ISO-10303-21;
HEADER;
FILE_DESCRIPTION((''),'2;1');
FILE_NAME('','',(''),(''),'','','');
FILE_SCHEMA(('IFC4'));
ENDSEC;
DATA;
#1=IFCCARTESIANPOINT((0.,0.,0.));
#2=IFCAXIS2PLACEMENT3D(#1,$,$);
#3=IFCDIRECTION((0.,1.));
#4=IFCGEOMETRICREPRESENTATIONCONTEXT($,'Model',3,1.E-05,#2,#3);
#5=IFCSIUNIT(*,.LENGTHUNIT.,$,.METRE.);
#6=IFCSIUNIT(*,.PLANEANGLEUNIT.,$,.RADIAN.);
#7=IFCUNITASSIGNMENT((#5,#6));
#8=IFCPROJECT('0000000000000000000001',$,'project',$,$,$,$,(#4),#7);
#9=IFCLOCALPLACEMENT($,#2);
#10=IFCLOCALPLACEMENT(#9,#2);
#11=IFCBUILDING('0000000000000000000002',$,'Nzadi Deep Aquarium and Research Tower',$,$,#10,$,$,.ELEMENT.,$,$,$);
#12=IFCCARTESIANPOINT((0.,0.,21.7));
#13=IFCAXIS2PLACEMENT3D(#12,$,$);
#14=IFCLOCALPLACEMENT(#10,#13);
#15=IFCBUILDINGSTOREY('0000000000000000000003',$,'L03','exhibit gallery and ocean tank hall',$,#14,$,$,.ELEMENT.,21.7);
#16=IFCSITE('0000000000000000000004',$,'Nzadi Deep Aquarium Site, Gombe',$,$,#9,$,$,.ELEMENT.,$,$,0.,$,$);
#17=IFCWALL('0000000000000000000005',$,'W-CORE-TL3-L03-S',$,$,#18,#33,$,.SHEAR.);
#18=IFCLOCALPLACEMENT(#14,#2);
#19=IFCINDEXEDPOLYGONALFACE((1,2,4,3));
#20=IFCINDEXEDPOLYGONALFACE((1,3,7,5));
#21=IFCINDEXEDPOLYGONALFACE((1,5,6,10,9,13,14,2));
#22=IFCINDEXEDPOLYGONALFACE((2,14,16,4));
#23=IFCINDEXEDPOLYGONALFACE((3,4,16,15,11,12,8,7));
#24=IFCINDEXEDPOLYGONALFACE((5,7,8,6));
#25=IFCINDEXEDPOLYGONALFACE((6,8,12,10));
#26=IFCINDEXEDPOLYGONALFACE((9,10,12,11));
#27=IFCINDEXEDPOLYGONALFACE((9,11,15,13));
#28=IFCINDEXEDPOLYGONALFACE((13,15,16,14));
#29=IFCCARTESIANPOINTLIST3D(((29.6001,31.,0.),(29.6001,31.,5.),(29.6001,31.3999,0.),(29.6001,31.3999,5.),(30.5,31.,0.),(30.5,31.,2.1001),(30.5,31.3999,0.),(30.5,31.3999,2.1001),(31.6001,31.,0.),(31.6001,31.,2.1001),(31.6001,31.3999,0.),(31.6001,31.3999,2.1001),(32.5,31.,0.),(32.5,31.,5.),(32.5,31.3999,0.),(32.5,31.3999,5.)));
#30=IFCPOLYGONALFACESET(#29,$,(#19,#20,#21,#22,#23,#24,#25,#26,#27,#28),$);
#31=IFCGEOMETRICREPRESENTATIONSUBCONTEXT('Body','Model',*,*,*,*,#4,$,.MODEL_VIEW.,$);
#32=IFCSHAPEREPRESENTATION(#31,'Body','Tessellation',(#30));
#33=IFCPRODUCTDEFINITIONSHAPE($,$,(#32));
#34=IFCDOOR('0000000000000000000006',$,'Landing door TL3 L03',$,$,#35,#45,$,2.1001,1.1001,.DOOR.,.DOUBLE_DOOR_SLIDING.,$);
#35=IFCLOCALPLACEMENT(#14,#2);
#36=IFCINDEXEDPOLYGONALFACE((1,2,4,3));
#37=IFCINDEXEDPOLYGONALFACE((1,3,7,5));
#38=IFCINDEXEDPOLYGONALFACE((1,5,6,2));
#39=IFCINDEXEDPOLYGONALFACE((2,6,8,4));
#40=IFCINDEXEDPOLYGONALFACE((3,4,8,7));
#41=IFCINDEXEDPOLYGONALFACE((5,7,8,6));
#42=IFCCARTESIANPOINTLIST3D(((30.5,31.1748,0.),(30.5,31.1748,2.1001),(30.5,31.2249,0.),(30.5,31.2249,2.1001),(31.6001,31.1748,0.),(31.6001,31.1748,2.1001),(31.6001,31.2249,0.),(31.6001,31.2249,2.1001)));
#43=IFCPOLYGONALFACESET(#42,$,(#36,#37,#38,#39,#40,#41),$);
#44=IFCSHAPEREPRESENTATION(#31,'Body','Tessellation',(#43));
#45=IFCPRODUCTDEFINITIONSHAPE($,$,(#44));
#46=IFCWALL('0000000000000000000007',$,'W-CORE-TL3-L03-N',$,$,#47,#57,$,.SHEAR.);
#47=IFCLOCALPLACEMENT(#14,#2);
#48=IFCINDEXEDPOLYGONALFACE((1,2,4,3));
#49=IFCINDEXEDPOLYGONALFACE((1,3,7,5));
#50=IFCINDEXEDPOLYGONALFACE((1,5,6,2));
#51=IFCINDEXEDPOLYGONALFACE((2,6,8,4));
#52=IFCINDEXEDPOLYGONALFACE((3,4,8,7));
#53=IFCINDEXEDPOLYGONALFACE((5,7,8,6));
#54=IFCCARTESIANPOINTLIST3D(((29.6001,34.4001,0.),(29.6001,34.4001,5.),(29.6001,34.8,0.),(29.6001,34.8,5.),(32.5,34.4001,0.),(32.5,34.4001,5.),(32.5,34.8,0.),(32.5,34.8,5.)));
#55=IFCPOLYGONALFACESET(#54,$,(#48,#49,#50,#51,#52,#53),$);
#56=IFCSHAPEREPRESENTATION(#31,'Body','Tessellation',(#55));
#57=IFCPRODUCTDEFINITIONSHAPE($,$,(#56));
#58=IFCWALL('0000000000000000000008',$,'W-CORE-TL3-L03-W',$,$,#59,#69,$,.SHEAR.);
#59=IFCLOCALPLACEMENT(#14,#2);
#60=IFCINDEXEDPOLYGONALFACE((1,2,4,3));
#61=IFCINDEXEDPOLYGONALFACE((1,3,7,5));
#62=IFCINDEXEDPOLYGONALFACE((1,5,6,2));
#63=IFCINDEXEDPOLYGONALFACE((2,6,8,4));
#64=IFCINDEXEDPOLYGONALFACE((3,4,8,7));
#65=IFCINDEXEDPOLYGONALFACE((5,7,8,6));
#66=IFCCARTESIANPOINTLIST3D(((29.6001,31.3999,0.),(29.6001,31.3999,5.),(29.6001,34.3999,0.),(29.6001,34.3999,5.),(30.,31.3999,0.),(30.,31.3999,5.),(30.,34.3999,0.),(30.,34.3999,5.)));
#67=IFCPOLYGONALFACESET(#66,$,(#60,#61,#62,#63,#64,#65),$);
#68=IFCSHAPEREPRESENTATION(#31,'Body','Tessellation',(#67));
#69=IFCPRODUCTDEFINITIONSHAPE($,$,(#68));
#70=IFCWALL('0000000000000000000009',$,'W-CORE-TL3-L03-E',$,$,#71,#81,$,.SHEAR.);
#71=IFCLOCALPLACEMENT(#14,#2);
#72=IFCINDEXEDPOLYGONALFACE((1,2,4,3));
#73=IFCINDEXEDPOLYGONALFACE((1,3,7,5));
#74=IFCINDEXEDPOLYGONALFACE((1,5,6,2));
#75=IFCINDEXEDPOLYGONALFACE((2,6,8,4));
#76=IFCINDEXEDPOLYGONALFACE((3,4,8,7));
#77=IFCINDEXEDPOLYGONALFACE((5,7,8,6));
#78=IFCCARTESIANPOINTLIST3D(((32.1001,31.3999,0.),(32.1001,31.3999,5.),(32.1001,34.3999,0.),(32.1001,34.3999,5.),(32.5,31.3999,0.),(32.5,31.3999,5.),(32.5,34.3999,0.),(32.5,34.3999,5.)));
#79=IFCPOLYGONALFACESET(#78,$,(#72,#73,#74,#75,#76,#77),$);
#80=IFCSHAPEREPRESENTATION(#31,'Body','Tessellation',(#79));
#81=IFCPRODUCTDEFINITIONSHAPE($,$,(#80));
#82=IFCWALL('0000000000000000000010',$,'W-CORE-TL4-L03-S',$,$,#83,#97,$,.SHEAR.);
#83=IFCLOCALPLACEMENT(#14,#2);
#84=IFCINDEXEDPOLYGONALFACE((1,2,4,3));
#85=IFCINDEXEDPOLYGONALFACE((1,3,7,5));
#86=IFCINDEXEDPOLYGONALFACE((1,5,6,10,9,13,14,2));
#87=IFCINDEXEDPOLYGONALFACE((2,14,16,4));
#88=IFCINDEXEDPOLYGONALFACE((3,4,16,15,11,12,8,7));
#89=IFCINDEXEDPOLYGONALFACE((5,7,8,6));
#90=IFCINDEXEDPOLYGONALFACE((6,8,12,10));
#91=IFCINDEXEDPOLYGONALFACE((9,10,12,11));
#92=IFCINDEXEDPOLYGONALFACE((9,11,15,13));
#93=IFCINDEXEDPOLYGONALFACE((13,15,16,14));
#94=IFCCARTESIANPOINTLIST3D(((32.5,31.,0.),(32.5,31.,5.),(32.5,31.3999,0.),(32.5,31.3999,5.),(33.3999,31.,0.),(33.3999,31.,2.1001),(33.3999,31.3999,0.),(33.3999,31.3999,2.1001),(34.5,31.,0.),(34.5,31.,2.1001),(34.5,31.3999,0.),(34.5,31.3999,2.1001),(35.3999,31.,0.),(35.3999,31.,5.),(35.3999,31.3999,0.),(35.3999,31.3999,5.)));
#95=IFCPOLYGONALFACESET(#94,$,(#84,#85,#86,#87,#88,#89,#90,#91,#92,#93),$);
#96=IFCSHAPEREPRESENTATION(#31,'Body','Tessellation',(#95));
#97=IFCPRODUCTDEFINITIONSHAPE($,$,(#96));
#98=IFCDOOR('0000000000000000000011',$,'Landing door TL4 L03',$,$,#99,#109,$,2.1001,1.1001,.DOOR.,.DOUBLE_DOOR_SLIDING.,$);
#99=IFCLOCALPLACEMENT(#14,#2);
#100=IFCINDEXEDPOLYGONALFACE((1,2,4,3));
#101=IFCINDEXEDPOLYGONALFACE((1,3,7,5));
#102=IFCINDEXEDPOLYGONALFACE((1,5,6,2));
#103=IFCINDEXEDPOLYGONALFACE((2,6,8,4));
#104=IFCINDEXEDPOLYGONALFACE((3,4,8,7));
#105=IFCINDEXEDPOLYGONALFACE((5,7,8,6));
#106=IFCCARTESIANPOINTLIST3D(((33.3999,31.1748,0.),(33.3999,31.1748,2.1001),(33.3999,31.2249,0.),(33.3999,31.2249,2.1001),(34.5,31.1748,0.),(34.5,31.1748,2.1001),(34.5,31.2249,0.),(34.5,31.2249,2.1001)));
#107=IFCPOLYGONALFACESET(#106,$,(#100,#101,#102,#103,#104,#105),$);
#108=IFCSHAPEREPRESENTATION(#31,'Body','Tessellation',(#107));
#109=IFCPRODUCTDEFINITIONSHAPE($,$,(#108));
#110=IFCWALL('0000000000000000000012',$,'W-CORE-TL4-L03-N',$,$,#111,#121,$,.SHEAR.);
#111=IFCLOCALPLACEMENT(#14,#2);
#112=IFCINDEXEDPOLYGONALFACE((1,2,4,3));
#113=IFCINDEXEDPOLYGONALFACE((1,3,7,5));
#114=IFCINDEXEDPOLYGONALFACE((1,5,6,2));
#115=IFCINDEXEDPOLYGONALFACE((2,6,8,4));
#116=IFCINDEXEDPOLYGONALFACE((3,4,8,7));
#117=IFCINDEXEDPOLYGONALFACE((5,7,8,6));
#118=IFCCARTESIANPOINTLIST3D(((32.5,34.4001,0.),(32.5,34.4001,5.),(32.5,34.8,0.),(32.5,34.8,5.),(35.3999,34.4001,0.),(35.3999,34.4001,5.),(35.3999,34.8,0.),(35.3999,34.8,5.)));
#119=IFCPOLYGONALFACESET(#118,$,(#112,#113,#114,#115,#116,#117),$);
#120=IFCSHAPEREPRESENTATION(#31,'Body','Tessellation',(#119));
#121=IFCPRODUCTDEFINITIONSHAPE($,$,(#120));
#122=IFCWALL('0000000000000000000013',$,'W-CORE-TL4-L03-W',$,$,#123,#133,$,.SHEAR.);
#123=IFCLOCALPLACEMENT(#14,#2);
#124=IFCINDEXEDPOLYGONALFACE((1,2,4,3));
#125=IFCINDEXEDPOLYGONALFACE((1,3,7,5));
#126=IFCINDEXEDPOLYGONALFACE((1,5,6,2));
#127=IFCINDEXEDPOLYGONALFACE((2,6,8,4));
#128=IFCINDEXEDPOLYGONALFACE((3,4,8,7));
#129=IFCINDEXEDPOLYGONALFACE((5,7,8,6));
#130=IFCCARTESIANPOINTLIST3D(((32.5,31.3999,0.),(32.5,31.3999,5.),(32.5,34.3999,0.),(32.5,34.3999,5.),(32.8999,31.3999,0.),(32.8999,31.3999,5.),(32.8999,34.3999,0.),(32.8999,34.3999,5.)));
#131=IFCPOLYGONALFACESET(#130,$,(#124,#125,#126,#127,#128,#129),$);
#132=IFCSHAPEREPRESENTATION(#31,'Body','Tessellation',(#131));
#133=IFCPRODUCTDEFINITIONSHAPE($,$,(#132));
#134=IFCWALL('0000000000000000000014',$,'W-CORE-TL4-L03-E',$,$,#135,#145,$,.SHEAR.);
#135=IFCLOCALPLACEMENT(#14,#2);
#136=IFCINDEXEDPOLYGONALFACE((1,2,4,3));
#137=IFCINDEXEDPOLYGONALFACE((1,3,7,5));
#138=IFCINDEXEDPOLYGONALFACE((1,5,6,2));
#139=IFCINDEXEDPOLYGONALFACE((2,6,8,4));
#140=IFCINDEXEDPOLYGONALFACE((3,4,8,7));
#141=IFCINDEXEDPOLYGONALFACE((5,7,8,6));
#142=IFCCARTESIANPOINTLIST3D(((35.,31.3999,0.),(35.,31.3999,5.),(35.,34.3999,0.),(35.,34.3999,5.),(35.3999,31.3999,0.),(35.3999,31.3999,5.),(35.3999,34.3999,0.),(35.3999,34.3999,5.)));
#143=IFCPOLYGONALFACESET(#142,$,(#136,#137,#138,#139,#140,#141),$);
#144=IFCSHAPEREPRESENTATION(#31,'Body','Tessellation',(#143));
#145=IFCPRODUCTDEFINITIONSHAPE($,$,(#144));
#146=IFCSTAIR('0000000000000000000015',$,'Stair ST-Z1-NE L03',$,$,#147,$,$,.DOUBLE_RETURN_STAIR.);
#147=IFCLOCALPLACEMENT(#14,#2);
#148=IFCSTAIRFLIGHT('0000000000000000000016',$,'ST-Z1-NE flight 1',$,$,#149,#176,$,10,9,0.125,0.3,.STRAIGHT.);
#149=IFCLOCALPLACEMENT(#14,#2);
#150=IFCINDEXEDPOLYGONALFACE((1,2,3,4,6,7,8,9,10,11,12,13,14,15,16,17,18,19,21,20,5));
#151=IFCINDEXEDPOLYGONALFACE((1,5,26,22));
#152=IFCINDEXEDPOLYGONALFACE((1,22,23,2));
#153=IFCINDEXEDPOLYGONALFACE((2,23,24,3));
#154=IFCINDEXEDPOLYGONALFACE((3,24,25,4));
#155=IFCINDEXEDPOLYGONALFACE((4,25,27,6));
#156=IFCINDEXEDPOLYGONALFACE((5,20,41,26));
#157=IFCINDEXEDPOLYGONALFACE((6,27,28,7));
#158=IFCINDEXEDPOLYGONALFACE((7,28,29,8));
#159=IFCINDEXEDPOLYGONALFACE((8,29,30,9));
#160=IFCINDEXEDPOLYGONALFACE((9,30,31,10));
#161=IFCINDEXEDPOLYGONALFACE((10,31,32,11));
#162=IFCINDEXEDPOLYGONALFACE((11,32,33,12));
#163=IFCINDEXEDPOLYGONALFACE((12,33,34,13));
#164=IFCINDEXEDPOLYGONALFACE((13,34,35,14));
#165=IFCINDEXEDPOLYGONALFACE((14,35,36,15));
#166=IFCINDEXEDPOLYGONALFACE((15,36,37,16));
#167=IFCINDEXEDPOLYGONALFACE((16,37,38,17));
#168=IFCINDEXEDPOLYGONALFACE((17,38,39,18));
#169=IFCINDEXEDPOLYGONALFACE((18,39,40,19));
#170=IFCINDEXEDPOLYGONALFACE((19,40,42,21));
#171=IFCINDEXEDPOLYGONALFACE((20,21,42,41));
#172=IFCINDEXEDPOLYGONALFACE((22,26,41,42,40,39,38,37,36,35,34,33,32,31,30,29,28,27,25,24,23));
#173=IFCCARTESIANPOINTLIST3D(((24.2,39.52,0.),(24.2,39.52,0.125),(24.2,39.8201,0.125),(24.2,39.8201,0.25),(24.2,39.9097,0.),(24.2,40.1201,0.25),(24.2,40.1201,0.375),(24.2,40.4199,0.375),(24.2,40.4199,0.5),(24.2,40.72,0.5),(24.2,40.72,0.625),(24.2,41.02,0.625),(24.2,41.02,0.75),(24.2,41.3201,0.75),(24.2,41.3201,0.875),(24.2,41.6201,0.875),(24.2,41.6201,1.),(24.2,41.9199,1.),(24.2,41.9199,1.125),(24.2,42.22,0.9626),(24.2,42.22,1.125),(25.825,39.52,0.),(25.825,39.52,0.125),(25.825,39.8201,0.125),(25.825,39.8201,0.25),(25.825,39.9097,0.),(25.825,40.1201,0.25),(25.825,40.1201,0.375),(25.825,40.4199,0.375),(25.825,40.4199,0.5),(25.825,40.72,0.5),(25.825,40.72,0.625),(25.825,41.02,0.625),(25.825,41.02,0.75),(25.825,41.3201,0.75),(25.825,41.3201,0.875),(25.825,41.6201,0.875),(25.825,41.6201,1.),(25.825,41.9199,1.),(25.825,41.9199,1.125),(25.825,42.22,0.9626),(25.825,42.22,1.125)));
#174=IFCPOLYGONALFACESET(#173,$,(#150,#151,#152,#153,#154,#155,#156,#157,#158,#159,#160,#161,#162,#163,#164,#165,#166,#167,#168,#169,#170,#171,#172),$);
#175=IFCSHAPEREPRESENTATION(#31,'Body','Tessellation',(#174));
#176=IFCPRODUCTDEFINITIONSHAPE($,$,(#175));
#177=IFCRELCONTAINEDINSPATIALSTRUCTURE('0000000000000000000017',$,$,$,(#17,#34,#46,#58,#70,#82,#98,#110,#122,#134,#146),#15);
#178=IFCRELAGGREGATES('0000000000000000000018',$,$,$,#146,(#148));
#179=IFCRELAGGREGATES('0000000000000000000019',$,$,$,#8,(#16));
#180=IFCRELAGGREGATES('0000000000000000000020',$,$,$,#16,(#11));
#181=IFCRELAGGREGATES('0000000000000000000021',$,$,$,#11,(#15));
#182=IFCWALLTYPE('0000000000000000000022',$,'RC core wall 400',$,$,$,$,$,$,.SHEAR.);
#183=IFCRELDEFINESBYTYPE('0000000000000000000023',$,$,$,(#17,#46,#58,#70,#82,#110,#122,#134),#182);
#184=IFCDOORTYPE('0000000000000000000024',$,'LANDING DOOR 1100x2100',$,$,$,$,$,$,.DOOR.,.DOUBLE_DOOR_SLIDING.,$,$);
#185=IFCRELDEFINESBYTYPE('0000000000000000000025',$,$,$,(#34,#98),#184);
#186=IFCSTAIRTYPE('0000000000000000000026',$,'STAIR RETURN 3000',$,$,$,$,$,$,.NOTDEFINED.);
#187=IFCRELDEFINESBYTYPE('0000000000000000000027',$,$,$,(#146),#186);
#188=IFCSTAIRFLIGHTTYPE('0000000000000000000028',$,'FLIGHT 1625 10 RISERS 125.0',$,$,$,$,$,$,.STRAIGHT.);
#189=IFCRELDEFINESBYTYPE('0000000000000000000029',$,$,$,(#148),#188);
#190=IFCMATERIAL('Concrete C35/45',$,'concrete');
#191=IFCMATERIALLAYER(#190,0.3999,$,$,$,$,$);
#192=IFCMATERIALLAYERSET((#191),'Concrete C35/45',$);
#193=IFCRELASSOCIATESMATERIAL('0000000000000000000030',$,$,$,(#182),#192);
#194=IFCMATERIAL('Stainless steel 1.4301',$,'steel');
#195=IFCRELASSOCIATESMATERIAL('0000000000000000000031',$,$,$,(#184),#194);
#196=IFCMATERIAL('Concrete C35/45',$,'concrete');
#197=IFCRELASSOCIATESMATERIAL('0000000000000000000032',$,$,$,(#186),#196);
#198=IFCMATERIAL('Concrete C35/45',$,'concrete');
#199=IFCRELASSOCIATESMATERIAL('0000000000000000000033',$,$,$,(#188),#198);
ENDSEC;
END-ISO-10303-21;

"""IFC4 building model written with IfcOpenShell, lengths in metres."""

from ifc_helpers import new_model, si_unit, direction, frame, frame_2d, origin, place, context, subcontext, project, spatial, polyline, rectangle, outline, extrude, material, layer, layer_set, type_object, element, fill, aggregate, save


model = new_model("IFC4")

# Units and contexts
model_context = context("Model", 3, precision=1e-05, world=origin(), true_north=direction((0.0, 1.0)))
body_context = subcontext(model_context, "Body", "Model", "MODEL_VIEW")
ifc_project = project(units=[si_unit("LENGTHUNIT", "METRE"), si_unit("PLANEANGLEUNIT", "RADIAN")], contexts=[model_context])

# Site, building, storey
site_placement = place(None, origin())
site = spatial("IfcSite", under=ifc_project, at=site_placement, Name="Nzadi Deep Aquarium Site, Gombe", CompositionType="ELEMENT", RefElevation=0.0)
building_placement = place(site_placement, origin())
building = spatial("IfcBuilding", under=site, at=building_placement, Name="Nzadi Deep Aquarium and Research Tower", CompositionType="ELEMENT")
storey_placement = place(building_placement, frame((0.0, 0.0, 21.7)))
storey = spatial("IfcBuildingStorey", under=building, at=storey_placement, Name="L03", Description="exhibit gallery and ocean tank hall", CompositionType="ELEMENT", Elevation=21.7)

# Shared definitions
ifc_material_1 = material(Name="Concrete C35/45", Category="concrete")
ifc_layer_1 = layer(ifc_material_1, 0.3999)
ifc_layer_set_1 = layer_set([ifc_layer_1], Name="Concrete C35/45")
wall_type_1 = type_object("IfcWallType", Name="RC core wall 400", PredefinedType="SHEAR", material=ifc_layer_set_1)

# Wall, opening, door
wall_1_placement = place(storey_placement, frame((29.6001, 31.2, 0.0), z_axis=(0.0, 0.0, 1.0), x_axis=(1.0, 0.0, 0.0)))
wall_1 = element("IfcWall", 1, at=wall_1_placement, inside=storey, type_object=wall_type_1, Name="W-CORE-TL3-L03-S", PredefinedType="SHEAR", context=body_context, shape_type="SweptSolid", body=[
    extrude(rectangle(XDim=2.8999, YDim=0.3999, at=frame_2d((1.45, 0.0))), origin(), (0.0, 0.0, 1.0), 5.0),
])
opening_1_placement = place(wall_1_placement, frame((0.8999, 0.0, 0.0)))
opening_1 = element("IfcOpeningElement", 2, at=opening_1_placement, cuts=wall_1, PredefinedType="OPENING", context=body_context, shape_type="SweptSolid", body=[
    extrude(rectangle(XDim=1.1001, YDim=2.1001, at=frame_2d((0.55, 1.05))), frame((0.0, 0.21, 0.0), z_axis=(0.0, -1.0, 0.0), x_axis=(1.0, 0.0, 0.0)), (0.0, 0.0, 1.0), 0.4199),
])
ifc_material_2 = material(Name="Stainless steel 1.4301", Category="steel")
door_type = type_object("IfcDoorType", Name="LANDING DOOR 1100x2100", OperationType="DOUBLE_DOOR_SLIDING", PredefinedType="DOOR", material=ifc_material_2)
door_1_placement = place(opening_1_placement, origin())
door_1 = element("IfcDoor", 3, at=door_1_placement, inside=storey, type_object=door_type, Name="Landing door TL3 L03", OperationType="DOUBLE_DOOR_SLIDING", OverallHeight=2.1001, OverallWidth=1.1001, PredefinedType="DOOR", context=body_context, shape_type="SweptSolid", body=[
    extrude(rectangle(XDim=1.1001, YDim=2.1001, at=frame_2d((0.55, 1.05))), frame((0.0, 0.0249, 0.0), z_axis=(0.0, -1.0, 0.0), x_axis=(1.0, 0.0, 0.0)), (0.0, 0.0, 1.0), 0.05),
])
fill(opening_1, door_1)

# Walls
wall_2_placement = place(storey_placement, frame((29.6001, 34.6001, 0.0), z_axis=(0.0, 0.0, 1.0), x_axis=(1.0, 0.0, 0.0)))
element("IfcWall", 4, at=wall_2_placement, inside=storey, type_object=wall_type_1, Name="W-CORE-TL3-L03-N", PredefinedType="SHEAR", context=body_context, shape_type="SweptSolid", body=[
    extrude(rectangle(XDim=2.8999, YDim=0.3999, at=frame_2d((1.45, 0.0))), origin(), (0.0, 0.0, 1.0), 5.0),
])
for number, where, z_axis, x_axis, name in (
    (5, (29.8, 31.3999, 0.0), (0.0, 0.0, 1.0), (0.0, 1.0, 0.0), "W-CORE-TL3-L03-W"),
    (6, (32.3, 31.3999, 0.0), (0.0, 0.0, 1.0), (0.0, 1.0, 0.0), "W-CORE-TL3-L03-E"),
):
    element("IfcWall", number, at=place(storey_placement, frame(where, z_axis=z_axis, x_axis=x_axis)), inside=storey, type_object=wall_type_1, Name=name, PredefinedType="SHEAR", context=body_context, shape_type="SweptSolid", body=[
        extrude(rectangle(XDim=3.0, YDim=0.3999, at=frame_2d((1.5, 0.0))), origin(), (0.0, 0.0, 1.0), 5.0),
    ])

# Wall, opening, door
wall_3_placement = place(storey_placement, frame((32.5, 31.2, 0.0), z_axis=(0.0, 0.0, 1.0), x_axis=(1.0, 0.0, 0.0)))
wall_3 = element("IfcWall", 7, at=wall_3_placement, inside=storey, type_object=wall_type_1, Name="W-CORE-TL4-L03-S", PredefinedType="SHEAR", context=body_context, shape_type="SweptSolid", body=[
    extrude(rectangle(XDim=2.8999, YDim=0.3999, at=frame_2d((1.45, 0.0))), origin(), (0.0, 0.0, 1.0), 5.0),
])
opening_2_placement = place(wall_3_placement, frame((0.8999, 0.0, 0.0)))
opening_2 = element("IfcOpeningElement", 8, at=opening_2_placement, cuts=wall_3, PredefinedType="OPENING", context=body_context, shape_type="SweptSolid", body=[
    extrude(rectangle(XDim=1.1001, YDim=2.1001, at=frame_2d((0.55, 1.05))), frame((0.0, 0.21, 0.0), z_axis=(0.0, -1.0, 0.0), x_axis=(1.0, 0.0, 0.0)), (0.0, 0.0, 1.0), 0.4199),
])
door_2_placement = place(opening_2_placement, origin())
door_2 = element("IfcDoor", 9, at=door_2_placement, inside=storey, type_object=door_type, Name="Landing door TL4 L03", OperationType="DOUBLE_DOOR_SLIDING", OverallHeight=2.1001, OverallWidth=1.1001, PredefinedType="DOOR", context=body_context, shape_type="SweptSolid", body=[
    extrude(rectangle(XDim=1.1001, YDim=2.1001, at=frame_2d((0.55, 1.05))), frame((0.0, 0.0249, 0.0), z_axis=(0.0, -1.0, 0.0), x_axis=(1.0, 0.0, 0.0)), (0.0, 0.0, 1.0), 0.05),
])
fill(opening_2, door_2)

# Walls
wall_4_placement = place(storey_placement, frame((32.5, 34.6001, 0.0), z_axis=(0.0, 0.0, 1.0), x_axis=(1.0, 0.0, 0.0)))
element("IfcWall", 10, at=wall_4_placement, inside=storey, type_object=wall_type_1, Name="W-CORE-TL4-L03-N", PredefinedType="SHEAR", context=body_context, shape_type="SweptSolid", body=[
    extrude(rectangle(XDim=2.8999, YDim=0.3999, at=frame_2d((1.45, 0.0))), origin(), (0.0, 0.0, 1.0), 5.0),
])
for number, where, z_axis, x_axis, name in (
    (11, (32.7, 31.3999, 0.0), (0.0, 0.0, 1.0), (0.0, 1.0, 0.0), "W-CORE-TL4-L03-W"),
    (12, (35.2, 31.3999, 0.0), (0.0, 0.0, 1.0), (0.0, 1.0, 0.0), "W-CORE-TL4-L03-E"),
):
    element("IfcWall", number, at=place(storey_placement, frame(where, z_axis=z_axis, x_axis=x_axis)), inside=storey, type_object=wall_type_1, Name=name, PredefinedType="SHEAR", context=body_context, shape_type="SweptSolid", body=[
        extrude(rectangle(XDim=3.0, YDim=0.3999, at=frame_2d((1.5, 0.0))), origin(), (0.0, 0.0, 1.0), 5.0),
    ])

# Stair, stair flight
ifc_material_3 = material(Name="Concrete C35/45", Category="concrete")
stair_type = type_object("IfcStairType", Name="STAIR RETURN 3000", PredefinedType="NOTDEFINED", material=ifc_material_3)
stair_placement = place(storey_placement, origin())
stair = element("IfcStair", 13, at=stair_placement, inside=storey, type_object=stair_type, Name="Stair ST-Z1-NE L03", PredefinedType="DOUBLE_RETURN_STAIR")
ifc_material_4 = material(Name="Concrete C35/45", Category="concrete")
stair_flight_type = type_object("IfcStairFlightType", Name="FLIGHT 1625 10 RISERS 125.0", PredefinedType="STRAIGHT", material=ifc_material_4)
stair_flight_placement = place(storey_placement, frame((25.0125, 39.52, 0.0), z_axis=(0.0, 0.0, 1.0), x_axis=(0.0, 1.0, 0.0)))
stair_flight = element("IfcStairFlight", 14, at=stair_flight_placement, type_object=stair_flight_type, Name="ST-Z1-NE flight 1", NumberOfRisers=10, NumberOfTreads=9, PredefinedType="STRAIGHT", RiserHeight=0.125, TreadLength=0.3, context=body_context, shape_type="SweptSolid", body=[
    extrude(outline(polyline([(0.0, 0.0), (0.0, 0.125), (0.3, 0.125), (0.3, 0.25), (0.6001, 0.25), (0.6001, 0.375), (0.8999, 0.375), (0.8999, 0.5), (1.2, 0.5), (1.2, 0.625), (1.5, 0.625), (1.5, 0.75), (1.8, 0.75), (1.8, 0.875), (2.1001, 0.875), (2.1001, 1.0), (2.3999, 1.0), (2.3999, 1.125), (2.7, 1.125), (2.7, 1.25), (2.7, 0.9626), (0.3896, 0.0), (0.0, 0.0)])), frame((0.0, 0.8125, 0.0), z_axis=(0.0, -1.0, 0.0), x_axis=(1.0, 0.0, 0.0)), (0.0, 0.0, 1.0), 1.625),
])
aggregate(stair, [stair_flight])

save(model, "model.ifc")
